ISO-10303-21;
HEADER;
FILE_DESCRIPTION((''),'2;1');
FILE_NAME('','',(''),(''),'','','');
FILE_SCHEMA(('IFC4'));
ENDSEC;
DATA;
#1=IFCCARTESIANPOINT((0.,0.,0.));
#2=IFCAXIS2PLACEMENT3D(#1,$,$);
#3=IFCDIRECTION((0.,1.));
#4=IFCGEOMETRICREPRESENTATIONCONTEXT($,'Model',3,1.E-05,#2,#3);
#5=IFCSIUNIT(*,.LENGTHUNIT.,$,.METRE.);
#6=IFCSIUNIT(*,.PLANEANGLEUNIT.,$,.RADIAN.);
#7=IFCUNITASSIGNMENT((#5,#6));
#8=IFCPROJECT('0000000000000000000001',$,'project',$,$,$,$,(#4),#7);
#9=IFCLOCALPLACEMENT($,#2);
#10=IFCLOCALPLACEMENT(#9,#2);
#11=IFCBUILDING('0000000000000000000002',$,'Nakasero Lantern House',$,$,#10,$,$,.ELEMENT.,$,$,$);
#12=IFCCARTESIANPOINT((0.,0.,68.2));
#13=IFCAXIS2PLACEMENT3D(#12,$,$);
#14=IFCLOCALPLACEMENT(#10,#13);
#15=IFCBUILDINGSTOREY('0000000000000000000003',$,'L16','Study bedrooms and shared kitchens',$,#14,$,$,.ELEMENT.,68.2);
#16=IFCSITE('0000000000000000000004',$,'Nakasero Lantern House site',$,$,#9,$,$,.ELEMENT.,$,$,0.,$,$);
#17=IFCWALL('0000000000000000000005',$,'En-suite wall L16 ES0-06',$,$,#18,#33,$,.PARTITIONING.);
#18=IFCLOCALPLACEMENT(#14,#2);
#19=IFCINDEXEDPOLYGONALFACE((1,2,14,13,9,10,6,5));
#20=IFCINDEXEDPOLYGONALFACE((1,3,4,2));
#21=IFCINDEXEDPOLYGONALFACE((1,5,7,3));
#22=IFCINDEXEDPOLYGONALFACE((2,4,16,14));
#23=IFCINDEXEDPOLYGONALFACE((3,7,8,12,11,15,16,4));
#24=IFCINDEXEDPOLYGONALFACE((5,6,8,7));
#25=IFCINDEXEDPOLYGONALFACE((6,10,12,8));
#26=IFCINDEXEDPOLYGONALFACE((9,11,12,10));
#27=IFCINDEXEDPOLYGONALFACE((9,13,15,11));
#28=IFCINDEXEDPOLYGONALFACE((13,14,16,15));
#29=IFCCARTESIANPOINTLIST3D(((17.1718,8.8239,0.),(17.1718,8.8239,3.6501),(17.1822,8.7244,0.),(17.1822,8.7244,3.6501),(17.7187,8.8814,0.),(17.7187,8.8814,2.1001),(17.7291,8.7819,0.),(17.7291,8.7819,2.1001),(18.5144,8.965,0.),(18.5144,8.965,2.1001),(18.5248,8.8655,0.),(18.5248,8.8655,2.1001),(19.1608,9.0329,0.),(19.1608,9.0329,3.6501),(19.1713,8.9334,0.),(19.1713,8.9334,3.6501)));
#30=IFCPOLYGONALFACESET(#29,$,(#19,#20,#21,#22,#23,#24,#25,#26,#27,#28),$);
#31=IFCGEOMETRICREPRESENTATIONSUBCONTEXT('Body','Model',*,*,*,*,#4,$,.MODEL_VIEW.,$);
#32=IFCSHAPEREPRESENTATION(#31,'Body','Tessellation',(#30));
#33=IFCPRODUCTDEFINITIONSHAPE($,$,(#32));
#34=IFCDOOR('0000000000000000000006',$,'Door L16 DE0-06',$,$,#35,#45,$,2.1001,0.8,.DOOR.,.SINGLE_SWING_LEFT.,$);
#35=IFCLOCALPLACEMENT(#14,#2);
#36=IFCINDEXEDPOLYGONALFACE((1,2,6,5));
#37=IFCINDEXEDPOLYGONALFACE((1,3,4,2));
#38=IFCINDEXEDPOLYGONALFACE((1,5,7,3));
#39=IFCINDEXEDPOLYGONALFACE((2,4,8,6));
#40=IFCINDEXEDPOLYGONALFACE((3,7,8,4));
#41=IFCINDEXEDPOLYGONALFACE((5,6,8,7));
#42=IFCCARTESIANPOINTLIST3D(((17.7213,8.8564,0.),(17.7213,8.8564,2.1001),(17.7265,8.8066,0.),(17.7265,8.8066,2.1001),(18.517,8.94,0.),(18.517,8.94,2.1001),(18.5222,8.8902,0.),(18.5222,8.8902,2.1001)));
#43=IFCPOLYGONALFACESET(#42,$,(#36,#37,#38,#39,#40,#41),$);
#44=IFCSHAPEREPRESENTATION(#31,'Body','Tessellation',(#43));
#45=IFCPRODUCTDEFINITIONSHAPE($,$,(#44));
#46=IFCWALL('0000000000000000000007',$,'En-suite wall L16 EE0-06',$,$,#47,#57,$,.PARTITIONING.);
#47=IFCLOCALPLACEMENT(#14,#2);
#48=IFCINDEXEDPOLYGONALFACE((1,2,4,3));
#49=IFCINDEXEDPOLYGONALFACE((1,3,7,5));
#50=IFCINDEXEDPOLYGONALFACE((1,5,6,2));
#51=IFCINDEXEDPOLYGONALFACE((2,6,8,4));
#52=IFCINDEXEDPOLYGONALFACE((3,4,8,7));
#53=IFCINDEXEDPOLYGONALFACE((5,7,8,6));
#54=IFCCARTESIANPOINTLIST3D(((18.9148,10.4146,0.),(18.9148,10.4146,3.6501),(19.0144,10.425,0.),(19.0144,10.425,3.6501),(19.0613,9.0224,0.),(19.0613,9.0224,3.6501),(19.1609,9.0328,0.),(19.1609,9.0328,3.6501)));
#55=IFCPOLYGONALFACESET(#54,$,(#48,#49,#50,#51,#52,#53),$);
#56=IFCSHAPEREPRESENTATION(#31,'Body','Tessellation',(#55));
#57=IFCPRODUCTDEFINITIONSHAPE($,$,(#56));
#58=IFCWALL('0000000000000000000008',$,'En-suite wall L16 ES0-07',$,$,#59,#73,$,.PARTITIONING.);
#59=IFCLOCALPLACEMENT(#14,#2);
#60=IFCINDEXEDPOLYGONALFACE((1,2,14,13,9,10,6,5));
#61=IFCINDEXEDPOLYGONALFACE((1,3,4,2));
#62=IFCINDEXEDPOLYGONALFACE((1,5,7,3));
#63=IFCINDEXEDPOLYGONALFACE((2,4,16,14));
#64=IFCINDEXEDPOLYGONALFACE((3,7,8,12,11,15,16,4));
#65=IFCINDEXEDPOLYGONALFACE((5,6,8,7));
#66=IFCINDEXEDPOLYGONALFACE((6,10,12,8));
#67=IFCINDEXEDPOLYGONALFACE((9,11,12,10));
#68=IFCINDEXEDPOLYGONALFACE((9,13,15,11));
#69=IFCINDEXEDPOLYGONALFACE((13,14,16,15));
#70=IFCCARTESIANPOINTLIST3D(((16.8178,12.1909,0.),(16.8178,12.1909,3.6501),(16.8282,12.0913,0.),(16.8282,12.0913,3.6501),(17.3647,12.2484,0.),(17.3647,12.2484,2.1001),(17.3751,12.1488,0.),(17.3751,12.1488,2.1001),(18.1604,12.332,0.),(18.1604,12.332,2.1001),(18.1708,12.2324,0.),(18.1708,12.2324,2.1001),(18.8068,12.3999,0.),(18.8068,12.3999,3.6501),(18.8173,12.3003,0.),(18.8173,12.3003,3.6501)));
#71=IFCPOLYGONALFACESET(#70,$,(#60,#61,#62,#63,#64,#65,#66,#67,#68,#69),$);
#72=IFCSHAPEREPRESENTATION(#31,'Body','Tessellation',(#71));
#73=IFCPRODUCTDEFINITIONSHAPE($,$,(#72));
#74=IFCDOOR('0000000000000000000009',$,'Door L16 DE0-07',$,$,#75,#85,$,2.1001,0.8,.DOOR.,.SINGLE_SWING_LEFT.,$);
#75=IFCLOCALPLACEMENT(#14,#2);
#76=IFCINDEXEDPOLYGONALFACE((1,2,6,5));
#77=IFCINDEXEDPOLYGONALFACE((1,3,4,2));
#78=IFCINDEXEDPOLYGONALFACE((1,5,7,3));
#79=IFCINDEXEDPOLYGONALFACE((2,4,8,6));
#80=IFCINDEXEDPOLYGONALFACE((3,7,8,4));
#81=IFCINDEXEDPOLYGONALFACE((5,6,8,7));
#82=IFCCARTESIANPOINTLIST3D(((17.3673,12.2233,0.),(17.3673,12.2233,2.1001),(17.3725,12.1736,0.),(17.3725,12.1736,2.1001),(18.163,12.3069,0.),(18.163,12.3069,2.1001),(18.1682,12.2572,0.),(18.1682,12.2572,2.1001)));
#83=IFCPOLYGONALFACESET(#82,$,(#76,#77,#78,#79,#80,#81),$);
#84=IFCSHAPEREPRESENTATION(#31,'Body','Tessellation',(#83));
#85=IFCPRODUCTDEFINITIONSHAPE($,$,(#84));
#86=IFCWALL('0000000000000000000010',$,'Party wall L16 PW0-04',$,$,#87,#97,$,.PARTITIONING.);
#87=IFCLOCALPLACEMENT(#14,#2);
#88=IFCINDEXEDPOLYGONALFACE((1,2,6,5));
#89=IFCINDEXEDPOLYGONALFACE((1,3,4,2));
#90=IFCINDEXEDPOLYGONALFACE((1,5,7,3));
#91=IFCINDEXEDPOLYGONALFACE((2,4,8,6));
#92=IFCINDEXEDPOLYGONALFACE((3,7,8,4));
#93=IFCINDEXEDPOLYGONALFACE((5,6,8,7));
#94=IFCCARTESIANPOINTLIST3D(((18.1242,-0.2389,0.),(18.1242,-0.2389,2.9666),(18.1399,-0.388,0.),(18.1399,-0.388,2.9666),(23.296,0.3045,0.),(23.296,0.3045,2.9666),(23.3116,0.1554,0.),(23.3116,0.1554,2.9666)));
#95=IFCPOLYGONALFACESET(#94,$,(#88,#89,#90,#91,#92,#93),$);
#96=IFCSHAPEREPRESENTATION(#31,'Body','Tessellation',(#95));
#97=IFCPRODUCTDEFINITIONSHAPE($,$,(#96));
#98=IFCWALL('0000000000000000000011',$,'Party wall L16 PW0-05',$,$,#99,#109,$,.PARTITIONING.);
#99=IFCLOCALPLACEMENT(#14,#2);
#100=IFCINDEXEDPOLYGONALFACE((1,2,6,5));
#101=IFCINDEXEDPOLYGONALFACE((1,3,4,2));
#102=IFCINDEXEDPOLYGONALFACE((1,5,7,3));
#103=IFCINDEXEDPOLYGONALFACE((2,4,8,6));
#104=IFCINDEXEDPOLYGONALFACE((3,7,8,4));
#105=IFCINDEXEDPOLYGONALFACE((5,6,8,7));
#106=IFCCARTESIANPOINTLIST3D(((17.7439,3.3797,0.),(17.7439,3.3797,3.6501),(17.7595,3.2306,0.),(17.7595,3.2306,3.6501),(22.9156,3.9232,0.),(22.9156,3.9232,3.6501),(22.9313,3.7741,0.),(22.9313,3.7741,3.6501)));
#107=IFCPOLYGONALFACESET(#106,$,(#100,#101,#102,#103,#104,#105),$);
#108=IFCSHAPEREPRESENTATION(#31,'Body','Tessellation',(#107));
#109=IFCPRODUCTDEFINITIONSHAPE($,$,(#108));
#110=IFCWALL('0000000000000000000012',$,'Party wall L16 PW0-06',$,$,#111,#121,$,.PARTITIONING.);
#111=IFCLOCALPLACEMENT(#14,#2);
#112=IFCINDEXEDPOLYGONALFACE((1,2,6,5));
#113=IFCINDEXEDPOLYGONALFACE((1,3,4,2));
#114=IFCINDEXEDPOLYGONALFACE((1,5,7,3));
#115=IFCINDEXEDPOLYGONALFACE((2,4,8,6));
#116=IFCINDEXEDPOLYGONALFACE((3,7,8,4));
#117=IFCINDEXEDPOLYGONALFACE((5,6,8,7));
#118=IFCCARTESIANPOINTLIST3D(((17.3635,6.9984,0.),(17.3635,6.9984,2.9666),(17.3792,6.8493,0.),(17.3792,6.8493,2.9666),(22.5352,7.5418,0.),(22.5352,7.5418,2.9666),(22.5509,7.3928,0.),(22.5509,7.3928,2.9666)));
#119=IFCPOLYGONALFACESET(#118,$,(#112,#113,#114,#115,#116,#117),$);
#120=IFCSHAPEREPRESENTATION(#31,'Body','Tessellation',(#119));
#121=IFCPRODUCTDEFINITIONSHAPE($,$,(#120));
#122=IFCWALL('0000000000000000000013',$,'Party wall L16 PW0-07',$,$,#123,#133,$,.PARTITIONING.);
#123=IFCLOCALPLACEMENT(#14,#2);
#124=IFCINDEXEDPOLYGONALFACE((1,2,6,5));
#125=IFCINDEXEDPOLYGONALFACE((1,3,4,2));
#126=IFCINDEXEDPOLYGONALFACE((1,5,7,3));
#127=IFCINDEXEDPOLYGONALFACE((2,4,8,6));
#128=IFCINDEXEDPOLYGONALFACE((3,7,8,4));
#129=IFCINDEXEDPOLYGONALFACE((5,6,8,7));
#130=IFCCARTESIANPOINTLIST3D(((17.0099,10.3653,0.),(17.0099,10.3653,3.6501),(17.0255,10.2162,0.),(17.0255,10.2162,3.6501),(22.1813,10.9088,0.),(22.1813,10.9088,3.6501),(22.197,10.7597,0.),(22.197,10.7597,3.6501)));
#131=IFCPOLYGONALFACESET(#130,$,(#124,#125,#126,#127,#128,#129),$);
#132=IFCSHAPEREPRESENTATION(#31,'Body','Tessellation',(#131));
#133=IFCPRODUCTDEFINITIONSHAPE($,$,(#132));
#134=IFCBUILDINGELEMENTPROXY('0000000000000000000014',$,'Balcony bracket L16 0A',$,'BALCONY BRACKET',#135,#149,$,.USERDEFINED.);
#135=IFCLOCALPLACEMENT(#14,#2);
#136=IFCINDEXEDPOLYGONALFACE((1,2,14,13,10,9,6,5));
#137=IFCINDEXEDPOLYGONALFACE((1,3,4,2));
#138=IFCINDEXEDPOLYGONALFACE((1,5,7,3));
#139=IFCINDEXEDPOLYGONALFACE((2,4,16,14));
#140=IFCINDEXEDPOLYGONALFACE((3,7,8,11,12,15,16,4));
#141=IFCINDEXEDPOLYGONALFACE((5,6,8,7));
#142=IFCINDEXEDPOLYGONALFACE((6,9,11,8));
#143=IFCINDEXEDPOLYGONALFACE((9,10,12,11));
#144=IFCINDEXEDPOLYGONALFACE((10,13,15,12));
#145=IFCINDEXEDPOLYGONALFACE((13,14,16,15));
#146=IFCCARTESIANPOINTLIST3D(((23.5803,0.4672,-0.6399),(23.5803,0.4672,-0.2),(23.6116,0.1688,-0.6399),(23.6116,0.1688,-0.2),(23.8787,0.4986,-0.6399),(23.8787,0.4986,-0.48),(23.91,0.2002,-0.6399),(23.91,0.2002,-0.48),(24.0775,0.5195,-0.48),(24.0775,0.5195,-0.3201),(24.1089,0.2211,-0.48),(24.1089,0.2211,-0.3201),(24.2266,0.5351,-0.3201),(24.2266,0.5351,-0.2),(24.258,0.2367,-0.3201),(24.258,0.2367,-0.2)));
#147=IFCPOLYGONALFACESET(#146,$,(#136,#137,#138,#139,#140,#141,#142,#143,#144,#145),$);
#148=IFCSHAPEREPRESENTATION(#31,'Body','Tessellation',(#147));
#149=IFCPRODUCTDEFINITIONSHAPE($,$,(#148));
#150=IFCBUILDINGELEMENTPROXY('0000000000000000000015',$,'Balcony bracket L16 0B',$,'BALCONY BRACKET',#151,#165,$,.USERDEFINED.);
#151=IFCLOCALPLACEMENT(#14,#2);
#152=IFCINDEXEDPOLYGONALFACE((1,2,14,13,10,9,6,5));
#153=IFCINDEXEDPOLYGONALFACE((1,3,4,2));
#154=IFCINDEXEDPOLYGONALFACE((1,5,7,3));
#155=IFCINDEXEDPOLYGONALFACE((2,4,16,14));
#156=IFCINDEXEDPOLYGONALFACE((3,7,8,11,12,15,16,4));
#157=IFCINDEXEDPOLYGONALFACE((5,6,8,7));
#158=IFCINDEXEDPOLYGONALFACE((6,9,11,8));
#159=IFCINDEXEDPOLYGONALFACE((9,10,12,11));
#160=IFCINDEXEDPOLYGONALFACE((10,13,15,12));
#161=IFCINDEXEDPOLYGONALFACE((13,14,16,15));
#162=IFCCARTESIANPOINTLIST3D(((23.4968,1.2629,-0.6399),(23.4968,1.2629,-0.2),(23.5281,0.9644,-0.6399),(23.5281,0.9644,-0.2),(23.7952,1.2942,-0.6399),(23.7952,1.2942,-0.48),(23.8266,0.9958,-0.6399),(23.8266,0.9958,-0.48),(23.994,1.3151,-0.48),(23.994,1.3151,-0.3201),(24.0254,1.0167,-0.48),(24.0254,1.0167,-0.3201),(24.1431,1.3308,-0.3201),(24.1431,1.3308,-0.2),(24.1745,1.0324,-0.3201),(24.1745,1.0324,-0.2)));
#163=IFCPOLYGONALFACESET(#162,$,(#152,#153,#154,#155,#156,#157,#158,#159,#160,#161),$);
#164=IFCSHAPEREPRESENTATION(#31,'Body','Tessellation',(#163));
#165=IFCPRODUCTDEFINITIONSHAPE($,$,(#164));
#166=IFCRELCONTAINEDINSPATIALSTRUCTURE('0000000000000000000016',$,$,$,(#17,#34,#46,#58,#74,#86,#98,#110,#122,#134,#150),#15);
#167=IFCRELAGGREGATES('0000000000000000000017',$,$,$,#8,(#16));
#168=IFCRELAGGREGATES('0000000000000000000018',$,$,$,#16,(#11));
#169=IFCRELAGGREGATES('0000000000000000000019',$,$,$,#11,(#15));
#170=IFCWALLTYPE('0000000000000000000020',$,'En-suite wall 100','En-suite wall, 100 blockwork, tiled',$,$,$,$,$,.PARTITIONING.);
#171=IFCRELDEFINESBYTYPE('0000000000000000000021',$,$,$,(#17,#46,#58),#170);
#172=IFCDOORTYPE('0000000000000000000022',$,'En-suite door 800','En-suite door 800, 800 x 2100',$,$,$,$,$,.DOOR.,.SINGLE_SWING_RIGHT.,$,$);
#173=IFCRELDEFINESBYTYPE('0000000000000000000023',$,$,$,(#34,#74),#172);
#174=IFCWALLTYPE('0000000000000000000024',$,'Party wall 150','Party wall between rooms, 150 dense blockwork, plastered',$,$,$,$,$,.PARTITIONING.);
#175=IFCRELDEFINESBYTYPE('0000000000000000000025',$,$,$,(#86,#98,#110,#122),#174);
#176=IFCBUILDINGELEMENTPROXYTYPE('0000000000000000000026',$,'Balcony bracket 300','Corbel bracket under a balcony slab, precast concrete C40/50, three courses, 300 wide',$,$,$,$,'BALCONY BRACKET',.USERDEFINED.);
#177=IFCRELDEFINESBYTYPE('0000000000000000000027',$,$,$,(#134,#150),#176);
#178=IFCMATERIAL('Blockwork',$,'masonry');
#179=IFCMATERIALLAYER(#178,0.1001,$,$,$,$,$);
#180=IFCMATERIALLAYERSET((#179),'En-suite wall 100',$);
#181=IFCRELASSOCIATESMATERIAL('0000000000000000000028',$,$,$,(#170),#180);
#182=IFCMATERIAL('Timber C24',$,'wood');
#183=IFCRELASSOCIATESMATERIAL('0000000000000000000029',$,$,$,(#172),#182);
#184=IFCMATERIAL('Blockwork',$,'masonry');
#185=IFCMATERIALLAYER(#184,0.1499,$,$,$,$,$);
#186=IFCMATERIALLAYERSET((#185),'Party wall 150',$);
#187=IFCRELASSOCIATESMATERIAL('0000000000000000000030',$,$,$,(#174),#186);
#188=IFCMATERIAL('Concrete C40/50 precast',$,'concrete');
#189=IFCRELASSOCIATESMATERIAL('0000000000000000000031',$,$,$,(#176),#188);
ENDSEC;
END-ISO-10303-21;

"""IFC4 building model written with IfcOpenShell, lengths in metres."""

from ifc_helpers import new_model, si_unit, direction, frame, frame_2d, origin, place, context, subcontext, project, spatial, polyline, rectangle, outline, extrude, material, layer, layer_set, type_object, element, fill, save


model = new_model("IFC4")

# Units and contexts
model_context = context("Model", 3, precision=1e-05, world=origin(), true_north=direction((0.0, 1.0)))
body_context = subcontext(model_context, "Body", "Model", "MODEL_VIEW")
ifc_project = project(units=[si_unit("LENGTHUNIT", "METRE"), si_unit("PLANEANGLEUNIT", "RADIAN")], contexts=[model_context])

# Site, building, storey
site_placement = place(None, origin())
site = spatial("IfcSite", under=ifc_project, at=site_placement, Name="Nakasero Lantern House site", CompositionType="ELEMENT", RefElevation=0.0)
building_placement = place(site_placement, origin())
building = spatial("IfcBuilding", under=site, at=building_placement, Name="Nakasero Lantern House", CompositionType="ELEMENT")
storey_placement = place(building_placement, frame((0.0, 0.0, 68.2)))
storey = spatial("IfcBuildingStorey", under=building, at=storey_placement, Name="L16", Description="Study bedrooms and shared kitchens", CompositionType="ELEMENT", Elevation=68.2)

# Shared definitions
ifc_material_1 = material(Name="Blockwork", Category="masonry")
ifc_layer_1 = layer(ifc_material_1, 0.1001)
ifc_layer_set_1 = layer_set([ifc_layer_1], Name="En-suite wall 100")
wall_type_1 = type_object("IfcWallType", Name="En-suite wall 100", Description="En-suite wall, 100 blockwork, tiled", PredefinedType="PARTITIONING", material=ifc_layer_set_1)
ifc_material_2 = material(Name="Timber C24", Category="wood")
door_type = type_object("IfcDoorType", Name="En-suite door 800", Description="En-suite door 800, 800 x 2100", OperationType="SINGLE_SWING_RIGHT", PredefinedType="DOOR", material=ifc_material_2)

# Wall, opening, door
wall_1_placement = place(storey_placement, frame((17.177, 8.7742, 0.0), z_axis=(0.0, 0.0, 1.0), x_axis=(0.994526, 0.104494, 0.0)))
wall_1 = element("IfcWall", 1, at=wall_1_placement, inside=storey, type_object=wall_type_1, Name="En-suite wall L16 ES0-06", PredefinedType="PARTITIONING", context=body_context, shape_type="SweptSolid", body=[
    extrude(rectangle(XDim=2.0, YDim=0.1001, at=frame_2d((1.0, 0.0))), origin(), (0.0, 0.0, 1.0), 3.6501),
])
opening_1_placement = place(wall_1_placement, frame((0.55, 0.0, 0.0)))
opening_1 = element("IfcOpeningElement", 2, at=opening_1_placement, cuts=wall_1, PredefinedType="OPENING", context=body_context, shape_type="SweptSolid", body=[
    extrude(rectangle(XDim=0.8, YDim=2.1001, at=frame_2d((0.3999, 1.05))), frame((0.0, 0.0701, 0.0), z_axis=(0.0, -1.0, 0.0), x_axis=(1.0, 0.0, 0.0)), (0.0, 0.0, 1.0), 0.1401),
])
door_1_placement = place(opening_1_placement, origin())
door_1 = element("IfcDoor", 3, at=door_1_placement, inside=storey, type_object=door_type, Name="Door L16 DE0-06", OperationType="SINGLE_SWING_LEFT", OverallHeight=2.1001, OverallWidth=0.8, PredefinedType="DOOR", context=body_context, shape_type="SweptSolid", body=[
    extrude(rectangle(XDim=0.8, YDim=2.1001, at=frame_2d((0.3999, 1.05))), frame((0.0, 0.0249, 0.0), z_axis=(0.0, -1.0, 0.0), x_axis=(1.0, 0.0, 0.0)), (0.0, 0.0, 1.0), 0.05),
])
fill(opening_1, door_1)

# Wall
wall_2_placement = place(storey_placement, frame((19.1111, 9.0276, 0.0), z_axis=(0.0, 0.0, 1.0), x_axis=(-0.10463, 0.994511, 0.0)))
element("IfcWall", 4, at=wall_2_placement, inside=storey, type_object=wall_type_1, Name="En-suite wall L16 EE0-06", PredefinedType="PARTITIONING", context=body_context, shape_type="SweptSolid", body=[
    extrude(rectangle(XDim=1.3999, YDim=0.1001, at=frame_2d((0.7, 0.0))), origin(), (0.0, 0.0, 1.0), 3.6501),
])

# Wall, opening, door
wall_3_placement = place(storey_placement, frame((16.823, 12.1411, 0.0), z_axis=(0.0, 0.0, 1.0), x_axis=(0.994526, 0.104494, 0.0)))
wall_3 = element("IfcWall", 5, at=wall_3_placement, inside=storey, type_object=wall_type_1, Name="En-suite wall L16 ES0-07", PredefinedType="PARTITIONING", context=body_context, shape_type="SweptSolid", body=[
    extrude(rectangle(XDim=2.0, YDim=0.1001, at=frame_2d((1.0, 0.0))), origin(), (0.0, 0.0, 1.0), 3.6501),
])
opening_2_placement = place(wall_3_placement, frame((0.55, 0.0, 0.0)))
opening_2 = element("IfcOpeningElement", 6, at=opening_2_placement, cuts=wall_3, PredefinedType="OPENING", context=body_context, shape_type="SweptSolid", body=[
    extrude(rectangle(XDim=0.8, YDim=2.1001, at=frame_2d((0.3999, 1.05))), frame((0.0, 0.0701, 0.0), z_axis=(0.0, -1.0, 0.0), x_axis=(1.0, 0.0, 0.0)), (0.0, 0.0, 1.0), 0.1401),
])
door_2_placement = place(opening_2_placement, origin())
door_2 = element("IfcDoor", 7, at=door_2_placement, inside=storey, type_object=door_type, Name="Door L16 DE0-07", OperationType="SINGLE_SWING_LEFT", OverallHeight=2.1001, OverallWidth=0.8, PredefinedType="DOOR", context=body_context, shape_type="SweptSolid", body=[
    extrude(rectangle(XDim=0.8, YDim=2.1001, at=frame_2d((0.3999, 1.05))), frame((0.0, 0.0249, 0.0), z_axis=(0.0, -1.0, 0.0), x_axis=(1.0, 0.0, 0.0)), (0.0, 0.0, 1.0), 0.05),
])
fill(opening_2, door_2)

# Walls
ifc_material_3 = material(Name="Blockwork", Category="masonry")
ifc_layer_2 = layer(ifc_material_3, 0.1499)
ifc_layer_set_2 = layer_set([ifc_layer_2], Name="Party wall 150")
wall_type_2 = type_object("IfcWallType", Name="Party wall 150", Description="Party wall between rooms, 150 dense blockwork, plastered", PredefinedType="PARTITIONING", material=ifc_layer_set_2)
wall_4_placement = place(storey_placement, frame((18.1321, -0.3135, 0.0), z_axis=(0.0, 0.0, 1.0), x_axis=(0.994524, 0.104509, 0.0)))
element("IfcWall", 8, at=wall_4_placement, inside=storey, type_object=wall_type_2, Name="Party wall L16 PW0-04", PredefinedType="PARTITIONING", context=body_context, shape_type="SweptSolid", body=[
    extrude(rectangle(XDim=5.2002, YDim=0.1499, at=frame_2d((2.6001, 0.0))), origin(), (0.0, 0.0, 1.0), 2.9666),
])
wall_5_placement = place(storey_placement, frame((17.7517, 3.3052, 0.0), z_axis=(0.0, 0.0, 1.0), x_axis=(0.994524, 0.104509, 0.0)))
element("IfcWall", 9, at=wall_5_placement, inside=storey, type_object=wall_type_2, Name="Party wall L16 PW0-05", PredefinedType="PARTITIONING", context=body_context, shape_type="SweptSolid", body=[
    extrude(rectangle(XDim=5.2002, YDim=0.1499, at=frame_2d((2.6001, 0.0))), origin(), (0.0, 0.0, 1.0), 3.6501),
])
wall_6_placement = place(storey_placement, frame((17.3713, 6.9238, 0.0), z_axis=(0.0, 0.0, 1.0), x_axis=(0.994524, 0.104509, 0.0)))
element("IfcWall", 10, at=wall_6_placement, inside=storey, type_object=wall_type_2, Name="Party wall L16 PW0-06", PredefinedType="PARTITIONING", context=body_context, shape_type="SweptSolid", body=[
    extrude(rectangle(XDim=5.2002, YDim=0.1499, at=frame_2d((2.6001, 0.0))), origin(), (0.0, 0.0, 1.0), 2.9666),
])
wall_7_placement = place(storey_placement, frame((17.0176, 10.2908, 0.0), z_axis=(0.0, 0.0, 1.0), x_axis=(0.994523, 0.104514, 0.0)))
element("IfcWall", 11, at=wall_7_placement, inside=storey, type_object=wall_type_2, Name="Party wall L16 PW0-07", PredefinedType="PARTITIONING", context=body_context, shape_type="SweptSolid", body=[
    extrude(rectangle(XDim=5.2, YDim=0.1499, at=frame_2d((2.6001, 0.0))), origin(), (0.0, 0.0, 1.0), 3.6501),
])

# Building element proxies
ifc_material_4 = material(Name="Concrete C40/50 precast", Category="concrete")
building_element_proxy_type = type_object("IfcBuildingElementProxyType", Name="Balcony bracket 300", Description="Corbel bracket under a balcony slab, precast concrete C40/50, three courses, 300 wide", ElementType="BALCONY BRACKET", PredefinedType="USERDEFINED", material=ifc_material_4)
for number, where, z_axis, x_axis, name in (
    (12, (23.5959, 0.3181, -0.2), (0.0, 0.0, 1.0), (0.994522, 0.104528, 0.0), "Balcony bracket L16 0A"),
    (13, (23.5125, 1.1138, -0.2), (0.0, 0.0, 1.0), (0.994522, 0.104528, 0.0), "Balcony bracket L16 0B"),
):
    element("IfcBuildingElementProxy", number, at=place(storey_placement, frame(where, z_axis=z_axis, x_axis=x_axis)), inside=storey, type_object=building_element_proxy_type, Name=name, ObjectType="BALCONY BRACKET", PredefinedType="USERDEFINED", context=body_context, shape_type="SweptSolid", body=[
        extrude(outline(polyline([(0.0, 0.0), (0.6499, 0.0), (0.6499, -0.1201), (0.5, -0.1201), (0.5, -0.28), (0.3, -0.28), (0.3, -0.4399), (0.0, -0.4399), (0.0, 0.0)])), frame((0.0, 0.1499, 0.0), z_axis=(0.0, -1.0, 0.0), x_axis=(1.0, 0.0, 0.0)), (0.0, 0.0, 1.0), 0.3),
    ])

save(model, "model.ifc")
